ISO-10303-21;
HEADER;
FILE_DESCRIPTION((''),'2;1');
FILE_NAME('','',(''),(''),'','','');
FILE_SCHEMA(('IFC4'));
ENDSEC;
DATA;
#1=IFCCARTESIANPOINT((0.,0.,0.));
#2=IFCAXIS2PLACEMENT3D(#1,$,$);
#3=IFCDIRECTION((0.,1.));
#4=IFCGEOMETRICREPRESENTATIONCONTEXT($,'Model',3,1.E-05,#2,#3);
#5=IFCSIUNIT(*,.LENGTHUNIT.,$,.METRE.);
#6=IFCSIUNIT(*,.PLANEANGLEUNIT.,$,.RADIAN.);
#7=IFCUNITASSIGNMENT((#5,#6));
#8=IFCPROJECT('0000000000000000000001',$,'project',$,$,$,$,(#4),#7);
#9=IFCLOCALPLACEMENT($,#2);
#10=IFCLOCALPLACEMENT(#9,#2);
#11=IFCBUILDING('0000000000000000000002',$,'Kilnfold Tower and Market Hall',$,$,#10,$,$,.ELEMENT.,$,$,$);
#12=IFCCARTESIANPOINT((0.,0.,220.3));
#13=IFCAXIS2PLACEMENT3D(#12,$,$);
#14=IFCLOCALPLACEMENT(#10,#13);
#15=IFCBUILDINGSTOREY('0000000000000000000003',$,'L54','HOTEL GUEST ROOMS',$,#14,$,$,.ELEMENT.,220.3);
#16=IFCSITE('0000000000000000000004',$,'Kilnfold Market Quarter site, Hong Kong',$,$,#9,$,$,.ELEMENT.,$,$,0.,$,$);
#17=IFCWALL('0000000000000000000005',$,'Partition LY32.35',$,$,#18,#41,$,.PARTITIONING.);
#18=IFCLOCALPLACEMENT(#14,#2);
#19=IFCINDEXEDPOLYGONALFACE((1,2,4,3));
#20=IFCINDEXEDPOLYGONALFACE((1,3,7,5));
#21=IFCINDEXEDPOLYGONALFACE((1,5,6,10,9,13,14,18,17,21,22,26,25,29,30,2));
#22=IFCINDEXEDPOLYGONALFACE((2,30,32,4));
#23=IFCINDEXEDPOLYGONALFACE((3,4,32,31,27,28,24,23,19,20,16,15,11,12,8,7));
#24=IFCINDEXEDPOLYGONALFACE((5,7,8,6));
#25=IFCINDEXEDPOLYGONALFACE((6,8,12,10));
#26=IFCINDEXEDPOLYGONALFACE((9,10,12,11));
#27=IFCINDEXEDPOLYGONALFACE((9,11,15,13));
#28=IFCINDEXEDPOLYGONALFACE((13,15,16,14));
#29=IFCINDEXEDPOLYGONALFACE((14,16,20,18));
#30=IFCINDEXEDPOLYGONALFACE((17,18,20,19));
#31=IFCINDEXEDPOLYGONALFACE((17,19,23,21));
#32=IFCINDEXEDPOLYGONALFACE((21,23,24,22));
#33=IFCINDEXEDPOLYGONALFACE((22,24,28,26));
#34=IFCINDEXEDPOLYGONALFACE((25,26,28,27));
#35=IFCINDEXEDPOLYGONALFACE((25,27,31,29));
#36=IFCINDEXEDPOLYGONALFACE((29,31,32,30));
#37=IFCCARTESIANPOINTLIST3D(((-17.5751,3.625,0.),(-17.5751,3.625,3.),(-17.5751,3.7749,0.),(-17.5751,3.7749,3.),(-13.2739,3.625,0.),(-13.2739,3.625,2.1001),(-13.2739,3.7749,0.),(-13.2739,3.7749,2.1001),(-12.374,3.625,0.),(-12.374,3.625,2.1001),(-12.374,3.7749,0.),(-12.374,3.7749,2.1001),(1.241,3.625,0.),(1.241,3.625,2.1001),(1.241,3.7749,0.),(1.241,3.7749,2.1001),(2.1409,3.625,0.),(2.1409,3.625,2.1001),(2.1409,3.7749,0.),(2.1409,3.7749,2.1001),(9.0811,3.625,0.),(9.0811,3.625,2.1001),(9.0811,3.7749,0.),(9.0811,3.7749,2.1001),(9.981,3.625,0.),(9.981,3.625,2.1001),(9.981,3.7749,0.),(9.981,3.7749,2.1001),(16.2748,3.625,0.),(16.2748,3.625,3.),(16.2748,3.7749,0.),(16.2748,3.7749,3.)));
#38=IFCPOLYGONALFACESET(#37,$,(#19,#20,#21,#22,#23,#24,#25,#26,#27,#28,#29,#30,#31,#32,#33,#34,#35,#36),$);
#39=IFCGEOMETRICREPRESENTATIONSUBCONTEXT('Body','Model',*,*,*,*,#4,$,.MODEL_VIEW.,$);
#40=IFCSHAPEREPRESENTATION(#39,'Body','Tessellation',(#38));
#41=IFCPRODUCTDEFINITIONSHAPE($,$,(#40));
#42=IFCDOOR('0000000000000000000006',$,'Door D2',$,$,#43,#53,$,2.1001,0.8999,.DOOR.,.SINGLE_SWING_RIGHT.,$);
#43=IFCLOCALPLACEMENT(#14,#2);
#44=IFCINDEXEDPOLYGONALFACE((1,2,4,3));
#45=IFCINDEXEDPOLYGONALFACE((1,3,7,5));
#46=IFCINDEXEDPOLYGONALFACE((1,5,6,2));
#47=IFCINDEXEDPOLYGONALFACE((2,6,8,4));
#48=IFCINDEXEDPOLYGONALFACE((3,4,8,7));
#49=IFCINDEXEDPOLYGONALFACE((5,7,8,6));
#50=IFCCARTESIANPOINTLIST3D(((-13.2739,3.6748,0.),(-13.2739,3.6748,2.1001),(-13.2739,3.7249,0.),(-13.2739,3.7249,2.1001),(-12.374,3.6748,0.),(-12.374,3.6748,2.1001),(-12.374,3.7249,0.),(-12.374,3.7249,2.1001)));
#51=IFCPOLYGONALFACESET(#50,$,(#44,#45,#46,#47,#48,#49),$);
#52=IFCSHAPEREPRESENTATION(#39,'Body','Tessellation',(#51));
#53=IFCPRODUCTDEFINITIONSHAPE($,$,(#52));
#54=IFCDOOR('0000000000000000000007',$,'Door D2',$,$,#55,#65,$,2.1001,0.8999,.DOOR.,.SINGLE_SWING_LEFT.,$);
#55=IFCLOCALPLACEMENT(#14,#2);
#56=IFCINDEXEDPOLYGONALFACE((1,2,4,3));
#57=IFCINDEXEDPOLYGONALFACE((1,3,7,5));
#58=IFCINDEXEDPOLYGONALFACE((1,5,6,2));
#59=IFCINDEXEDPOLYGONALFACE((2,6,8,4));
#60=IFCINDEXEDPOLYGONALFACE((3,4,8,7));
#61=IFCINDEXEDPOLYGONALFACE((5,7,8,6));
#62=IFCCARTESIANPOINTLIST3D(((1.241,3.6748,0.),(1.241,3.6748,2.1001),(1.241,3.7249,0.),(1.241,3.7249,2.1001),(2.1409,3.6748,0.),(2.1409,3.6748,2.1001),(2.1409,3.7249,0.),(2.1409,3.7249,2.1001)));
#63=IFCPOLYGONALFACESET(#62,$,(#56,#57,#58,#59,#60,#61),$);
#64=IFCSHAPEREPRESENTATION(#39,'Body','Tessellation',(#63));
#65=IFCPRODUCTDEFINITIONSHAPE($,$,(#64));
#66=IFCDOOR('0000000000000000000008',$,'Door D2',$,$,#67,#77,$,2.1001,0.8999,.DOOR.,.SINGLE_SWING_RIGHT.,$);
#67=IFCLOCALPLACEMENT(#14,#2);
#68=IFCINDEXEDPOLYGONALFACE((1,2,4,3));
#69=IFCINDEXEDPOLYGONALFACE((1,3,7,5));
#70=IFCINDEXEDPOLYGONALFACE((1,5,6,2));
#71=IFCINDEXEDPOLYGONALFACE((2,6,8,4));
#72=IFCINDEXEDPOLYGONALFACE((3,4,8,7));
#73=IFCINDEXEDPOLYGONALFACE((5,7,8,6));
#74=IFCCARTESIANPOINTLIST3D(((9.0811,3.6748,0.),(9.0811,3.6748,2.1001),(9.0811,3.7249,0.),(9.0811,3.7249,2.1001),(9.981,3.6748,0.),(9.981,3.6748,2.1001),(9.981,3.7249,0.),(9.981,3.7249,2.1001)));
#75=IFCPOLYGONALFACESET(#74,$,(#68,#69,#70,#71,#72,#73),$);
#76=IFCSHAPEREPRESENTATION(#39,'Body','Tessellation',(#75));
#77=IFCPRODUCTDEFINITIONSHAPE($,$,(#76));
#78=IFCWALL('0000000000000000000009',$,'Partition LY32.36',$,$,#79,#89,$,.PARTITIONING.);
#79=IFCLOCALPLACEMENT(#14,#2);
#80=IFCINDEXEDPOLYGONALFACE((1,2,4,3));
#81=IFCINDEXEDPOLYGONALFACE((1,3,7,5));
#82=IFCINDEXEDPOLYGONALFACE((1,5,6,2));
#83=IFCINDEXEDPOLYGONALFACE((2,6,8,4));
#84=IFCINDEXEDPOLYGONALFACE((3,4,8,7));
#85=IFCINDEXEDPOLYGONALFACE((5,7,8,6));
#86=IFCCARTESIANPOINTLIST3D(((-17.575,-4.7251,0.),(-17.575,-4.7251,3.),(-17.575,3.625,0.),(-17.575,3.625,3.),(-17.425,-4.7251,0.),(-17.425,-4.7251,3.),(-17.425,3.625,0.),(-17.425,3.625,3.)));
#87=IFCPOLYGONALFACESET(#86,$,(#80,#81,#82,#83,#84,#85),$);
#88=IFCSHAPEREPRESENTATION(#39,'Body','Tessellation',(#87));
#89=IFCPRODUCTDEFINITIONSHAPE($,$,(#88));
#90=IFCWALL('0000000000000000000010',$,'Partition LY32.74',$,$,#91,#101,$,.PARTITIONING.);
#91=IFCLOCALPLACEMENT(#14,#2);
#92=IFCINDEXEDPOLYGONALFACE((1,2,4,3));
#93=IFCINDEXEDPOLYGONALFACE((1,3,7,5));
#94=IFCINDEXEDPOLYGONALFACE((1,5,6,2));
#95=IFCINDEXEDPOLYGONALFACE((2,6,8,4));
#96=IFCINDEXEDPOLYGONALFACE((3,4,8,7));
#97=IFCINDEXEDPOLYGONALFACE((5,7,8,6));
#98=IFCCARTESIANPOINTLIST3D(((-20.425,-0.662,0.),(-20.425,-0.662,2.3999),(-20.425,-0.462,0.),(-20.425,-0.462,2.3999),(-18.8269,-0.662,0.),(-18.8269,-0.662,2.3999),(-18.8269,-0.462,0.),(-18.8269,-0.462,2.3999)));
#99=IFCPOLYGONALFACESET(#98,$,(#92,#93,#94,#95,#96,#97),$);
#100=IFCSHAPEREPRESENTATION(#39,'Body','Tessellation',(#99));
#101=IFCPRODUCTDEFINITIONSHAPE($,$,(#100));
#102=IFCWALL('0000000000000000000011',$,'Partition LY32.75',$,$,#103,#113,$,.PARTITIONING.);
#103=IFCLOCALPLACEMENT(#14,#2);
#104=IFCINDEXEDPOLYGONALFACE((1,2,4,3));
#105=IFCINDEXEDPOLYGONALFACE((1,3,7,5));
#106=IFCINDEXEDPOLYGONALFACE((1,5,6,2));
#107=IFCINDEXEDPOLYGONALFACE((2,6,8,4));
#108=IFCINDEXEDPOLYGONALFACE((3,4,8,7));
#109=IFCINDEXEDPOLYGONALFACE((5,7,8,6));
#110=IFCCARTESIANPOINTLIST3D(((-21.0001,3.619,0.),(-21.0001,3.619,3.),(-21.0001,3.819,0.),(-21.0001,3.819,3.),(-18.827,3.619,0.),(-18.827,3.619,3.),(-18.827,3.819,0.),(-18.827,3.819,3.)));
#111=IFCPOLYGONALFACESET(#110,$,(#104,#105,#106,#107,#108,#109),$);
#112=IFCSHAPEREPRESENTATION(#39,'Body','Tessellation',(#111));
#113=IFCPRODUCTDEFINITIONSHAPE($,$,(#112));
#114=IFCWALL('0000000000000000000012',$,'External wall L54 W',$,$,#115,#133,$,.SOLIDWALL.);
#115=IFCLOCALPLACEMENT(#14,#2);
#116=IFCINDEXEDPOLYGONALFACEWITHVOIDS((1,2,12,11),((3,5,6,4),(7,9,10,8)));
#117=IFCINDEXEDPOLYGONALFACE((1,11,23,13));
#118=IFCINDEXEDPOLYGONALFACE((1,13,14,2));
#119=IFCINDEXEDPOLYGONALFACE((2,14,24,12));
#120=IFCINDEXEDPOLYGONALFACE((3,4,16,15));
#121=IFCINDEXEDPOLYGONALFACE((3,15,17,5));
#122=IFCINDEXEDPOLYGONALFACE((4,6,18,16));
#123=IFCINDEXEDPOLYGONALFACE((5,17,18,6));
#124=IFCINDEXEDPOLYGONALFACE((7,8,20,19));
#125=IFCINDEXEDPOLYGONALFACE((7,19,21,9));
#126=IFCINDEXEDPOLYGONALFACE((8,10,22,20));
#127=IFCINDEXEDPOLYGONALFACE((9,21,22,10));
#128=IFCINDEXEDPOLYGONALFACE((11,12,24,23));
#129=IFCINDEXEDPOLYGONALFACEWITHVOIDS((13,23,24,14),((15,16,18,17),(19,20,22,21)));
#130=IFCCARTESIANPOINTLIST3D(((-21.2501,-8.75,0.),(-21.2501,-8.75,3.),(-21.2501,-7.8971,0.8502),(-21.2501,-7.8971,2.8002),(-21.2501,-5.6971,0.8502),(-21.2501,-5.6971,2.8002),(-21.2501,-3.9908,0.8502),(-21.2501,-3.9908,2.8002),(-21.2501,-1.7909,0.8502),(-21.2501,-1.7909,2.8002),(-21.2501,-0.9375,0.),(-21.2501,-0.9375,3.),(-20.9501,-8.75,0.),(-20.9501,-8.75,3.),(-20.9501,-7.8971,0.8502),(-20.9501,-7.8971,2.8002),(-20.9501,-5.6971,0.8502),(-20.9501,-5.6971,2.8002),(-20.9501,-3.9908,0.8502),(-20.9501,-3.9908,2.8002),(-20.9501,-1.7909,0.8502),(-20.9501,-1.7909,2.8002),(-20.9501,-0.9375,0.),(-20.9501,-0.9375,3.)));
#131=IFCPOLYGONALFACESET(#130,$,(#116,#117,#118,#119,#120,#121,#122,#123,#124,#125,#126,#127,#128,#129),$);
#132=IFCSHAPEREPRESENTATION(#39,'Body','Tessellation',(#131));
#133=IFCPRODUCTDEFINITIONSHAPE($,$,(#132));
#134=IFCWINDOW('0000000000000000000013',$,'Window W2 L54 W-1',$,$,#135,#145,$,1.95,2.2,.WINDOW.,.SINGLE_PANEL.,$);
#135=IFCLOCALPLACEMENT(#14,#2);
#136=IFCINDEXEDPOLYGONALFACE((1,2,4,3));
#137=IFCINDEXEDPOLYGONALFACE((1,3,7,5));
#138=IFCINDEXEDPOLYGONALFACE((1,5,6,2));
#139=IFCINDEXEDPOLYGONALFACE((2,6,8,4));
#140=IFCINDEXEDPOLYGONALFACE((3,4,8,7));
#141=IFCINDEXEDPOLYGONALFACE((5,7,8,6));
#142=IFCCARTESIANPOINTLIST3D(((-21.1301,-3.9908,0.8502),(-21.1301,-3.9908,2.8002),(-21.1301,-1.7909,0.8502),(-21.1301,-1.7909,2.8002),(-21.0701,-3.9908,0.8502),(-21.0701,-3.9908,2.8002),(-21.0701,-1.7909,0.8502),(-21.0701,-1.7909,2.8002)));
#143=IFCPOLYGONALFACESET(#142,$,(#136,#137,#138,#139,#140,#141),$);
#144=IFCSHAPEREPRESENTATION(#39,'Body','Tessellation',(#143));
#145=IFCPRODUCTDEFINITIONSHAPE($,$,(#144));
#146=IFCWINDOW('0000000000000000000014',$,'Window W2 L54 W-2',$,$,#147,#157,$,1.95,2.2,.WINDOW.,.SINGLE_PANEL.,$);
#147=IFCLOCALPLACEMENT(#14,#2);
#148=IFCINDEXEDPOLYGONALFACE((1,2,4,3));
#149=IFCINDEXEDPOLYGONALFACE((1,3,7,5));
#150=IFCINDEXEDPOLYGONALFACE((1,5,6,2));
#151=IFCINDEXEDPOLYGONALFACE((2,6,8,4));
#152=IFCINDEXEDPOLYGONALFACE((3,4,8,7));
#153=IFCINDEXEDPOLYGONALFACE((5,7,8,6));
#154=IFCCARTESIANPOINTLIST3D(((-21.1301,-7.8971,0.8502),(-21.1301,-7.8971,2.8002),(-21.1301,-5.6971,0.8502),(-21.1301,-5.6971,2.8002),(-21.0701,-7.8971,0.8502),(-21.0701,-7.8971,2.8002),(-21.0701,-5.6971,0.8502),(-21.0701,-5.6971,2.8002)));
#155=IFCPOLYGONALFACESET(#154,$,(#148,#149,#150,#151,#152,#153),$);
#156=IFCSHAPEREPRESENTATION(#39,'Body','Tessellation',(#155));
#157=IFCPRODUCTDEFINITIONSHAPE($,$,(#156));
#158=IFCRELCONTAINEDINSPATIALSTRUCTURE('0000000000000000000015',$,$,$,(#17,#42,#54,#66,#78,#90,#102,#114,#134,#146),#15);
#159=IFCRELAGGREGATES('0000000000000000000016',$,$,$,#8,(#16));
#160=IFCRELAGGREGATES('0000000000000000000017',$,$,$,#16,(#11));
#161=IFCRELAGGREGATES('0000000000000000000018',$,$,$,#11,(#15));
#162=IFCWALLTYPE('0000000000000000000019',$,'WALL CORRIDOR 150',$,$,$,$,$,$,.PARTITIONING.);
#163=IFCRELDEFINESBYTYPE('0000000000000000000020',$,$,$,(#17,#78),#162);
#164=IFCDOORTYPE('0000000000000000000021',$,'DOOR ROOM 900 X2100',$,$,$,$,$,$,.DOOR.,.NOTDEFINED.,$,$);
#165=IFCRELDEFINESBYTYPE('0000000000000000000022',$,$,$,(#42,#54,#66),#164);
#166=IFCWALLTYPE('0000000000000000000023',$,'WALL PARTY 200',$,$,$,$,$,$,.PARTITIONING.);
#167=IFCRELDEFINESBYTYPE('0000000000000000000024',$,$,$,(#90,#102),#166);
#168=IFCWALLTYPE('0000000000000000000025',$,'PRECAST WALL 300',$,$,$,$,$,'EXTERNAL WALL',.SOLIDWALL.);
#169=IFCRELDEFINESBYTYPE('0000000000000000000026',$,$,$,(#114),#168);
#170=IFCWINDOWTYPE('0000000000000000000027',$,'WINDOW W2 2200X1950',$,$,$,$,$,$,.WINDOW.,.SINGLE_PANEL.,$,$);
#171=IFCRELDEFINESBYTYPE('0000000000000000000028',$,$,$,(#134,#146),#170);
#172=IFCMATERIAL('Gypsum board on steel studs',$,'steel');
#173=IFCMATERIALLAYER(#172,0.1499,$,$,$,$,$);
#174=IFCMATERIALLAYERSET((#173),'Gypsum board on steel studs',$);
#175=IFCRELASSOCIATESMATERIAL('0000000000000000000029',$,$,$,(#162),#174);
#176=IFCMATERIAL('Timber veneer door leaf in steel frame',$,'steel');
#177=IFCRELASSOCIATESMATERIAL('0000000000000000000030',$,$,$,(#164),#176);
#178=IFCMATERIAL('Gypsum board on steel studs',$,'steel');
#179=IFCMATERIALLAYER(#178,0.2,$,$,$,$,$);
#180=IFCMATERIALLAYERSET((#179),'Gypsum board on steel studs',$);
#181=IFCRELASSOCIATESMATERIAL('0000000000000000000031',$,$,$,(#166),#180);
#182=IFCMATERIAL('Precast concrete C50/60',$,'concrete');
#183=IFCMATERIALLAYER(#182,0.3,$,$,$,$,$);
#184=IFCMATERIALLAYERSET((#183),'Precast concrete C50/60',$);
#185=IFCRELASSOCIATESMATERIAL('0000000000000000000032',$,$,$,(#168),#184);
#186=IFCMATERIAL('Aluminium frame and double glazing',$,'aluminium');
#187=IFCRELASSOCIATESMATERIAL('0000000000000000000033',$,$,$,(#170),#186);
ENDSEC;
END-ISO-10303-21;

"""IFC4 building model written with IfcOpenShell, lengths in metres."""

from ifc_helpers import new_model, si_unit, direction, frame, frame_2d, origin, place, context, subcontext, project, spatial, rectangle, extrude, source, transform, mapped, material, layer, layer_set, type_object, element, fill, save


model = new_model("IFC4")

# Units and contexts
model_context = context("Model", 3, precision=1e-05, world=origin(), true_north=direction((0.0, 1.0)))
body_context = subcontext(model_context, "Body", "Model", "MODEL_VIEW")
ifc_project = project(units=[si_unit("LENGTHUNIT", "METRE"), si_unit("PLANEANGLEUNIT", "RADIAN")], contexts=[model_context])

# Site, building, storey
site_placement = place(None, origin())
site = spatial("IfcSite", under=ifc_project, at=site_placement, Name="Kilnfold Market Quarter site, Hong Kong", CompositionType="ELEMENT", RefElevation=0.0)
building_placement = place(site_placement, origin())
building = spatial("IfcBuilding", under=site, at=building_placement, Name="Kilnfold Tower and Market Hall", CompositionType="ELEMENT")
storey_placement = place(building_placement, frame((0.0, 0.0, 220.3)))
storey = spatial("IfcBuildingStorey", under=building, at=storey_placement, Name="L54", Description="HOTEL GUEST ROOMS", CompositionType="ELEMENT", Elevation=220.3)

# Shared definitions
ifc_material_1 = material(Name="Gypsum board on steel studs", Category="steel")
ifc_layer_1 = layer(ifc_material_1, 0.1499)
ifc_layer_set_1 = layer_set([ifc_layer_1], Name="Gypsum board on steel studs")
wall_type_1 = type_object("IfcWallType", Name="WALL CORRIDOR 150", PredefinedType="PARTITIONING", material=ifc_layer_set_1)
ifc_material_2 = material(Name="Timber veneer door leaf in steel frame", Category="steel")
door_type = type_object("IfcDoorType", Name="DOOR ROOM 900 X2100", OperationType="NOTDEFINED", PredefinedType="DOOR", material=ifc_material_2)

# Wall, openings, doors
wall_1_placement = place(storey_placement, frame((-17.575, 3.7, 0.0), z_axis=(0.0, 0.0, 1.0), x_axis=(1.0, 0.0, 0.0)))
wall_1 = element("IfcWall", 1, at=wall_1_placement, inside=storey, type_object=wall_type_1, Name="Partition LY32.35", PredefinedType="PARTITIONING", context=body_context, shape_type="SweptSolid", body=[
    extrude(rectangle(XDim=33.8499, YDim=0.1499, at=frame_2d((16.9248, 0.0))), origin(), (0.0, 0.0, 1.0), 3.0),
])
opening_1_placement = place(wall_1_placement, frame((4.301, 0.0, 0.0)))
opening_1 = element("IfcOpeningElement", 2, at=opening_1_placement, cuts=wall_1, PredefinedType="OPENING", context=body_context, shape_type="SweptSolid", body=[
    extrude(rectangle(XDim=0.8999, YDim=2.1001, at=frame_2d((0.45, 1.05))), frame((0.0, 0.085, 0.0), z_axis=(0.0, -1.0, 0.0), x_axis=(1.0, 0.0, 0.0)), (0.0, 0.0, 1.0), 0.1699),
])
opening_2_placement = place(wall_1_placement, frame((18.8159, 0.0, 0.0)))
opening_2 = element("IfcOpeningElement", 3, at=opening_2_placement, cuts=wall_1, PredefinedType="OPENING", context=body_context, shape_type="SweptSolid", body=[
    extrude(rectangle(XDim=0.8999, YDim=2.1001, at=frame_2d((0.45, 1.05))), frame((0.0, 0.085, 0.0), z_axis=(0.0, -1.0, 0.0), x_axis=(1.0, 0.0, 0.0)), (0.0, 0.0, 1.0), 0.1699),
])
opening_3_placement = place(wall_1_placement, frame((26.656, 0.0, 0.0)))
opening_3 = element("IfcOpeningElement", 4, at=opening_3_placement, cuts=wall_1, PredefinedType="OPENING", context=body_context, shape_type="SweptSolid", body=[
    extrude(rectangle(XDim=0.8999, YDim=2.1001, at=frame_2d((0.45, 1.05))), frame((0.0, 0.085, 0.0), z_axis=(0.0, -1.0, 0.0), x_axis=(1.0, 0.0, 0.0)), (0.0, 0.0, 1.0), 0.1699),
])
door_1_placement = place(opening_1_placement, origin())
door_1 = element("IfcDoor", 5, at=door_1_placement, inside=storey, type_object=door_type, Name="Door D2", OperationType="SINGLE_SWING_RIGHT", OverallHeight=2.1001, OverallWidth=0.8999, PredefinedType="DOOR", context=body_context, shape_type="SweptSolid", body=[
    extrude(rectangle(XDim=0.8999, YDim=2.1001, at=frame_2d((0.45, 1.05))), frame((0.0, 0.0249, 0.0), z_axis=(0.0, -1.0, 0.0), x_axis=(1.0, 0.0, 0.0)), (0.0, 0.0, 1.0), 0.05),
])
fill(opening_1, door_1)
door_2_placement = place(opening_2_placement, origin())
door_2 = element("IfcDoor", 6, at=door_2_placement, inside=storey, type_object=door_type, Name="Door D2", OperationType="SINGLE_SWING_LEFT", OverallHeight=2.1001, OverallWidth=0.8999, PredefinedType="DOOR", context=body_context, shape_type="SweptSolid", body=[
    extrude(rectangle(XDim=0.8999, YDim=2.1001, at=frame_2d((0.45, 1.05))), frame((0.0, 0.0249, 0.0), z_axis=(0.0, -1.0, 0.0), x_axis=(1.0, 0.0, 0.0)), (0.0, 0.0, 1.0), 0.05),
])
fill(opening_2, door_2)
door_3_placement = place(opening_3_placement, origin())
door_3 = element("IfcDoor", 7, at=door_3_placement, inside=storey, type_object=door_type, Name="Door D2", OperationType="SINGLE_SWING_RIGHT", OverallHeight=2.1001, OverallWidth=0.8999, PredefinedType="DOOR", context=body_context, shape_type="SweptSolid", body=[
    extrude(rectangle(XDim=0.8999, YDim=2.1001, at=frame_2d((0.45, 1.05))), frame((0.0, 0.0249, 0.0), z_axis=(0.0, -1.0, 0.0), x_axis=(1.0, 0.0, 0.0)), (0.0, 0.0, 1.0), 0.05),
])
fill(opening_3, door_3)

# Walls
wall_2_placement = place(storey_placement, frame((-17.5, -4.7251, 0.0), z_axis=(0.0, 0.0, 1.0), x_axis=(0.0, 1.0, 0.0)))
element("IfcWall", 8, at=wall_2_placement, inside=storey, type_object=wall_type_1, Name="Partition LY32.36", PredefinedType="PARTITIONING", context=body_context, shape_type="SweptSolid", body=[
    extrude(rectangle(XDim=8.3501, YDim=0.1499, at=frame_2d((4.175, 0.0))), origin(), (0.0, 0.0, 1.0), 3.0),
])
ifc_material_3 = material(Name="Gypsum board on steel studs", Category="steel")
ifc_layer_2 = layer(ifc_material_3, 0.2)
ifc_layer_set_2 = layer_set([ifc_layer_2], Name="Gypsum board on steel studs")
wall_type_2 = type_object("IfcWallType", Name="WALL PARTY 200", PredefinedType="PARTITIONING", material=ifc_layer_set_2)
wall_3_placement = place(storey_placement, frame((-18.8269, -0.562, 0.0), z_axis=(0.0, 0.0, 1.0), x_axis=(-1.0, 0.0, 0.0)))
element("IfcWall", 9, at=wall_3_placement, inside=storey, type_object=wall_type_2, Name="Partition LY32.74", PredefinedType="PARTITIONING", context=body_context, shape_type="SweptSolid", body=[
    extrude(rectangle(XDim=1.5981, YDim=0.2, at=frame_2d((0.7991, 0.0))), origin(), (0.0, 0.0, 1.0), 2.3999),
])
wall_4_placement = place(storey_placement, frame((-21.0, 3.719, 0.0), z_axis=(0.0, 0.0, 1.0), x_axis=(1.0, 0.0, 0.0)))
element("IfcWall", 10, at=wall_4_placement, inside=storey, type_object=wall_type_2, Name="Partition LY32.75", PredefinedType="PARTITIONING", context=body_context, shape_type="SweptSolid", body=[
    extrude(rectangle(XDim=2.1731, YDim=0.2, at=frame_2d((1.0864, 0.0))), origin(), (0.0, 0.0, 1.0), 3.0),
])

# Wall, openings, windows
ifc_material_4 = material(Name="Precast concrete C50/60", Category="concrete")
ifc_layer_3 = layer(ifc_material_4, 0.3)
ifc_layer_set_3 = layer_set([ifc_layer_3], Name="Precast concrete C50/60")
wall_type_3 = type_object("IfcWallType", Name="PRECAST WALL 300", ElementType="EXTERNAL WALL", PredefinedType="SOLIDWALL", material=ifc_layer_set_3)
shared_shape_1 = source(origin(), body_context, "Body", "SweptSolid", [
    extrude(rectangle(XDim=7.8125, YDim=0.3, at=frame_2d((3.9062, 0.0))), origin(), (0.0, 0.0, 1.0), 3.0),
])
wall_5_placement = place(storey_placement, frame((-21.1001, -0.9375, 0.0), z_axis=(0.0, 0.0, 1.0), x_axis=(0.0, -1.0, 0.0)))
wall_5 = element("IfcWall", 11, at=wall_5_placement, inside=storey, type_object=wall_type_3, Name="External wall L54 W", PredefinedType="SOLIDWALL", context=body_context, shape_type="MappedRepresentation", body=[
    mapped(shared_shape_1, transform((0.0, 0.0, 0.0))),
])
opening_4_placement = place(wall_5_placement, frame((0.8533, 0.0, 0.8501)))
opening_4 = element("IfcOpeningElement", 12, at=opening_4_placement, cuts=wall_5, PredefinedType="OPENING", context=body_context, shape_type="SweptSolid", body=[
    extrude(rectangle(XDim=2.2, YDim=1.95, at=frame_2d((1.1001, 0.9751))), frame((0.0, 0.1602, 0.0), z_axis=(0.0, -1.0, 0.0), x_axis=(1.0, 0.0, 0.0)), (0.0, 0.0, 1.0), 0.3201),
])
opening_5_placement = place(wall_5_placement, frame((4.7595, 0.0, 0.8501)))
opening_5 = element("IfcOpeningElement", 13, at=opening_5_placement, cuts=wall_5, PredefinedType="OPENING", context=body_context, shape_type="SweptSolid", body=[
    extrude(rectangle(XDim=2.2, YDim=1.95, at=frame_2d((1.1001, 0.9751))), frame((0.0, 0.1602, 0.0), z_axis=(0.0, -1.0, 0.0), x_axis=(1.0, 0.0, 0.0)), (0.0, 0.0, 1.0), 0.3201),
])
ifc_material_5 = material(Name="Aluminium frame and double glazing", Category="aluminium")
window_type = type_object("IfcWindowType", Name="WINDOW W2 2200X1950", PartitioningType="SINGLE_PANEL", PredefinedType="WINDOW", material=ifc_material_5)
window_1_placement = place(opening_4_placement, origin())
window_1 = element("IfcWindow", 14, at=window_1_placement, inside=storey, type_object=window_type, Name="Window W2 L54 W-1", OverallHeight=1.95, OverallWidth=2.2, PartitioningType="SINGLE_PANEL", PredefinedType="WINDOW", context=body_context, shape_type="SweptSolid", body=[
    extrude(rectangle(XDim=2.2, YDim=1.95, at=frame_2d((1.1001, 0.9751))), frame((0.0, 0.03, 0.0), z_axis=(0.0, -1.0, 0.0), x_axis=(1.0, 0.0, 0.0)), (0.0, 0.0, 1.0), 0.0601),
])
fill(opening_4, window_1)
window_2_placement = place(opening_5_placement, origin())
window_2 = element("IfcWindow", 15, at=window_2_placement, inside=storey, type_object=window_type, Name="Window W2 L54 W-2", OverallHeight=1.95, OverallWidth=2.2, PartitioningType="SINGLE_PANEL", PredefinedType="WINDOW", context=body_context, shape_type="SweptSolid", body=[
    extrude(rectangle(XDim=2.2, YDim=1.95, at=frame_2d((1.1001, 0.9751))), frame((0.0, 0.03, 0.0), z_axis=(0.0, -1.0, 0.0), x_axis=(1.0, 0.0, 0.0)), (0.0, 0.0, 1.0), 0.0601),
])
fill(opening_5, window_2)

save(model, "model.ifc")
